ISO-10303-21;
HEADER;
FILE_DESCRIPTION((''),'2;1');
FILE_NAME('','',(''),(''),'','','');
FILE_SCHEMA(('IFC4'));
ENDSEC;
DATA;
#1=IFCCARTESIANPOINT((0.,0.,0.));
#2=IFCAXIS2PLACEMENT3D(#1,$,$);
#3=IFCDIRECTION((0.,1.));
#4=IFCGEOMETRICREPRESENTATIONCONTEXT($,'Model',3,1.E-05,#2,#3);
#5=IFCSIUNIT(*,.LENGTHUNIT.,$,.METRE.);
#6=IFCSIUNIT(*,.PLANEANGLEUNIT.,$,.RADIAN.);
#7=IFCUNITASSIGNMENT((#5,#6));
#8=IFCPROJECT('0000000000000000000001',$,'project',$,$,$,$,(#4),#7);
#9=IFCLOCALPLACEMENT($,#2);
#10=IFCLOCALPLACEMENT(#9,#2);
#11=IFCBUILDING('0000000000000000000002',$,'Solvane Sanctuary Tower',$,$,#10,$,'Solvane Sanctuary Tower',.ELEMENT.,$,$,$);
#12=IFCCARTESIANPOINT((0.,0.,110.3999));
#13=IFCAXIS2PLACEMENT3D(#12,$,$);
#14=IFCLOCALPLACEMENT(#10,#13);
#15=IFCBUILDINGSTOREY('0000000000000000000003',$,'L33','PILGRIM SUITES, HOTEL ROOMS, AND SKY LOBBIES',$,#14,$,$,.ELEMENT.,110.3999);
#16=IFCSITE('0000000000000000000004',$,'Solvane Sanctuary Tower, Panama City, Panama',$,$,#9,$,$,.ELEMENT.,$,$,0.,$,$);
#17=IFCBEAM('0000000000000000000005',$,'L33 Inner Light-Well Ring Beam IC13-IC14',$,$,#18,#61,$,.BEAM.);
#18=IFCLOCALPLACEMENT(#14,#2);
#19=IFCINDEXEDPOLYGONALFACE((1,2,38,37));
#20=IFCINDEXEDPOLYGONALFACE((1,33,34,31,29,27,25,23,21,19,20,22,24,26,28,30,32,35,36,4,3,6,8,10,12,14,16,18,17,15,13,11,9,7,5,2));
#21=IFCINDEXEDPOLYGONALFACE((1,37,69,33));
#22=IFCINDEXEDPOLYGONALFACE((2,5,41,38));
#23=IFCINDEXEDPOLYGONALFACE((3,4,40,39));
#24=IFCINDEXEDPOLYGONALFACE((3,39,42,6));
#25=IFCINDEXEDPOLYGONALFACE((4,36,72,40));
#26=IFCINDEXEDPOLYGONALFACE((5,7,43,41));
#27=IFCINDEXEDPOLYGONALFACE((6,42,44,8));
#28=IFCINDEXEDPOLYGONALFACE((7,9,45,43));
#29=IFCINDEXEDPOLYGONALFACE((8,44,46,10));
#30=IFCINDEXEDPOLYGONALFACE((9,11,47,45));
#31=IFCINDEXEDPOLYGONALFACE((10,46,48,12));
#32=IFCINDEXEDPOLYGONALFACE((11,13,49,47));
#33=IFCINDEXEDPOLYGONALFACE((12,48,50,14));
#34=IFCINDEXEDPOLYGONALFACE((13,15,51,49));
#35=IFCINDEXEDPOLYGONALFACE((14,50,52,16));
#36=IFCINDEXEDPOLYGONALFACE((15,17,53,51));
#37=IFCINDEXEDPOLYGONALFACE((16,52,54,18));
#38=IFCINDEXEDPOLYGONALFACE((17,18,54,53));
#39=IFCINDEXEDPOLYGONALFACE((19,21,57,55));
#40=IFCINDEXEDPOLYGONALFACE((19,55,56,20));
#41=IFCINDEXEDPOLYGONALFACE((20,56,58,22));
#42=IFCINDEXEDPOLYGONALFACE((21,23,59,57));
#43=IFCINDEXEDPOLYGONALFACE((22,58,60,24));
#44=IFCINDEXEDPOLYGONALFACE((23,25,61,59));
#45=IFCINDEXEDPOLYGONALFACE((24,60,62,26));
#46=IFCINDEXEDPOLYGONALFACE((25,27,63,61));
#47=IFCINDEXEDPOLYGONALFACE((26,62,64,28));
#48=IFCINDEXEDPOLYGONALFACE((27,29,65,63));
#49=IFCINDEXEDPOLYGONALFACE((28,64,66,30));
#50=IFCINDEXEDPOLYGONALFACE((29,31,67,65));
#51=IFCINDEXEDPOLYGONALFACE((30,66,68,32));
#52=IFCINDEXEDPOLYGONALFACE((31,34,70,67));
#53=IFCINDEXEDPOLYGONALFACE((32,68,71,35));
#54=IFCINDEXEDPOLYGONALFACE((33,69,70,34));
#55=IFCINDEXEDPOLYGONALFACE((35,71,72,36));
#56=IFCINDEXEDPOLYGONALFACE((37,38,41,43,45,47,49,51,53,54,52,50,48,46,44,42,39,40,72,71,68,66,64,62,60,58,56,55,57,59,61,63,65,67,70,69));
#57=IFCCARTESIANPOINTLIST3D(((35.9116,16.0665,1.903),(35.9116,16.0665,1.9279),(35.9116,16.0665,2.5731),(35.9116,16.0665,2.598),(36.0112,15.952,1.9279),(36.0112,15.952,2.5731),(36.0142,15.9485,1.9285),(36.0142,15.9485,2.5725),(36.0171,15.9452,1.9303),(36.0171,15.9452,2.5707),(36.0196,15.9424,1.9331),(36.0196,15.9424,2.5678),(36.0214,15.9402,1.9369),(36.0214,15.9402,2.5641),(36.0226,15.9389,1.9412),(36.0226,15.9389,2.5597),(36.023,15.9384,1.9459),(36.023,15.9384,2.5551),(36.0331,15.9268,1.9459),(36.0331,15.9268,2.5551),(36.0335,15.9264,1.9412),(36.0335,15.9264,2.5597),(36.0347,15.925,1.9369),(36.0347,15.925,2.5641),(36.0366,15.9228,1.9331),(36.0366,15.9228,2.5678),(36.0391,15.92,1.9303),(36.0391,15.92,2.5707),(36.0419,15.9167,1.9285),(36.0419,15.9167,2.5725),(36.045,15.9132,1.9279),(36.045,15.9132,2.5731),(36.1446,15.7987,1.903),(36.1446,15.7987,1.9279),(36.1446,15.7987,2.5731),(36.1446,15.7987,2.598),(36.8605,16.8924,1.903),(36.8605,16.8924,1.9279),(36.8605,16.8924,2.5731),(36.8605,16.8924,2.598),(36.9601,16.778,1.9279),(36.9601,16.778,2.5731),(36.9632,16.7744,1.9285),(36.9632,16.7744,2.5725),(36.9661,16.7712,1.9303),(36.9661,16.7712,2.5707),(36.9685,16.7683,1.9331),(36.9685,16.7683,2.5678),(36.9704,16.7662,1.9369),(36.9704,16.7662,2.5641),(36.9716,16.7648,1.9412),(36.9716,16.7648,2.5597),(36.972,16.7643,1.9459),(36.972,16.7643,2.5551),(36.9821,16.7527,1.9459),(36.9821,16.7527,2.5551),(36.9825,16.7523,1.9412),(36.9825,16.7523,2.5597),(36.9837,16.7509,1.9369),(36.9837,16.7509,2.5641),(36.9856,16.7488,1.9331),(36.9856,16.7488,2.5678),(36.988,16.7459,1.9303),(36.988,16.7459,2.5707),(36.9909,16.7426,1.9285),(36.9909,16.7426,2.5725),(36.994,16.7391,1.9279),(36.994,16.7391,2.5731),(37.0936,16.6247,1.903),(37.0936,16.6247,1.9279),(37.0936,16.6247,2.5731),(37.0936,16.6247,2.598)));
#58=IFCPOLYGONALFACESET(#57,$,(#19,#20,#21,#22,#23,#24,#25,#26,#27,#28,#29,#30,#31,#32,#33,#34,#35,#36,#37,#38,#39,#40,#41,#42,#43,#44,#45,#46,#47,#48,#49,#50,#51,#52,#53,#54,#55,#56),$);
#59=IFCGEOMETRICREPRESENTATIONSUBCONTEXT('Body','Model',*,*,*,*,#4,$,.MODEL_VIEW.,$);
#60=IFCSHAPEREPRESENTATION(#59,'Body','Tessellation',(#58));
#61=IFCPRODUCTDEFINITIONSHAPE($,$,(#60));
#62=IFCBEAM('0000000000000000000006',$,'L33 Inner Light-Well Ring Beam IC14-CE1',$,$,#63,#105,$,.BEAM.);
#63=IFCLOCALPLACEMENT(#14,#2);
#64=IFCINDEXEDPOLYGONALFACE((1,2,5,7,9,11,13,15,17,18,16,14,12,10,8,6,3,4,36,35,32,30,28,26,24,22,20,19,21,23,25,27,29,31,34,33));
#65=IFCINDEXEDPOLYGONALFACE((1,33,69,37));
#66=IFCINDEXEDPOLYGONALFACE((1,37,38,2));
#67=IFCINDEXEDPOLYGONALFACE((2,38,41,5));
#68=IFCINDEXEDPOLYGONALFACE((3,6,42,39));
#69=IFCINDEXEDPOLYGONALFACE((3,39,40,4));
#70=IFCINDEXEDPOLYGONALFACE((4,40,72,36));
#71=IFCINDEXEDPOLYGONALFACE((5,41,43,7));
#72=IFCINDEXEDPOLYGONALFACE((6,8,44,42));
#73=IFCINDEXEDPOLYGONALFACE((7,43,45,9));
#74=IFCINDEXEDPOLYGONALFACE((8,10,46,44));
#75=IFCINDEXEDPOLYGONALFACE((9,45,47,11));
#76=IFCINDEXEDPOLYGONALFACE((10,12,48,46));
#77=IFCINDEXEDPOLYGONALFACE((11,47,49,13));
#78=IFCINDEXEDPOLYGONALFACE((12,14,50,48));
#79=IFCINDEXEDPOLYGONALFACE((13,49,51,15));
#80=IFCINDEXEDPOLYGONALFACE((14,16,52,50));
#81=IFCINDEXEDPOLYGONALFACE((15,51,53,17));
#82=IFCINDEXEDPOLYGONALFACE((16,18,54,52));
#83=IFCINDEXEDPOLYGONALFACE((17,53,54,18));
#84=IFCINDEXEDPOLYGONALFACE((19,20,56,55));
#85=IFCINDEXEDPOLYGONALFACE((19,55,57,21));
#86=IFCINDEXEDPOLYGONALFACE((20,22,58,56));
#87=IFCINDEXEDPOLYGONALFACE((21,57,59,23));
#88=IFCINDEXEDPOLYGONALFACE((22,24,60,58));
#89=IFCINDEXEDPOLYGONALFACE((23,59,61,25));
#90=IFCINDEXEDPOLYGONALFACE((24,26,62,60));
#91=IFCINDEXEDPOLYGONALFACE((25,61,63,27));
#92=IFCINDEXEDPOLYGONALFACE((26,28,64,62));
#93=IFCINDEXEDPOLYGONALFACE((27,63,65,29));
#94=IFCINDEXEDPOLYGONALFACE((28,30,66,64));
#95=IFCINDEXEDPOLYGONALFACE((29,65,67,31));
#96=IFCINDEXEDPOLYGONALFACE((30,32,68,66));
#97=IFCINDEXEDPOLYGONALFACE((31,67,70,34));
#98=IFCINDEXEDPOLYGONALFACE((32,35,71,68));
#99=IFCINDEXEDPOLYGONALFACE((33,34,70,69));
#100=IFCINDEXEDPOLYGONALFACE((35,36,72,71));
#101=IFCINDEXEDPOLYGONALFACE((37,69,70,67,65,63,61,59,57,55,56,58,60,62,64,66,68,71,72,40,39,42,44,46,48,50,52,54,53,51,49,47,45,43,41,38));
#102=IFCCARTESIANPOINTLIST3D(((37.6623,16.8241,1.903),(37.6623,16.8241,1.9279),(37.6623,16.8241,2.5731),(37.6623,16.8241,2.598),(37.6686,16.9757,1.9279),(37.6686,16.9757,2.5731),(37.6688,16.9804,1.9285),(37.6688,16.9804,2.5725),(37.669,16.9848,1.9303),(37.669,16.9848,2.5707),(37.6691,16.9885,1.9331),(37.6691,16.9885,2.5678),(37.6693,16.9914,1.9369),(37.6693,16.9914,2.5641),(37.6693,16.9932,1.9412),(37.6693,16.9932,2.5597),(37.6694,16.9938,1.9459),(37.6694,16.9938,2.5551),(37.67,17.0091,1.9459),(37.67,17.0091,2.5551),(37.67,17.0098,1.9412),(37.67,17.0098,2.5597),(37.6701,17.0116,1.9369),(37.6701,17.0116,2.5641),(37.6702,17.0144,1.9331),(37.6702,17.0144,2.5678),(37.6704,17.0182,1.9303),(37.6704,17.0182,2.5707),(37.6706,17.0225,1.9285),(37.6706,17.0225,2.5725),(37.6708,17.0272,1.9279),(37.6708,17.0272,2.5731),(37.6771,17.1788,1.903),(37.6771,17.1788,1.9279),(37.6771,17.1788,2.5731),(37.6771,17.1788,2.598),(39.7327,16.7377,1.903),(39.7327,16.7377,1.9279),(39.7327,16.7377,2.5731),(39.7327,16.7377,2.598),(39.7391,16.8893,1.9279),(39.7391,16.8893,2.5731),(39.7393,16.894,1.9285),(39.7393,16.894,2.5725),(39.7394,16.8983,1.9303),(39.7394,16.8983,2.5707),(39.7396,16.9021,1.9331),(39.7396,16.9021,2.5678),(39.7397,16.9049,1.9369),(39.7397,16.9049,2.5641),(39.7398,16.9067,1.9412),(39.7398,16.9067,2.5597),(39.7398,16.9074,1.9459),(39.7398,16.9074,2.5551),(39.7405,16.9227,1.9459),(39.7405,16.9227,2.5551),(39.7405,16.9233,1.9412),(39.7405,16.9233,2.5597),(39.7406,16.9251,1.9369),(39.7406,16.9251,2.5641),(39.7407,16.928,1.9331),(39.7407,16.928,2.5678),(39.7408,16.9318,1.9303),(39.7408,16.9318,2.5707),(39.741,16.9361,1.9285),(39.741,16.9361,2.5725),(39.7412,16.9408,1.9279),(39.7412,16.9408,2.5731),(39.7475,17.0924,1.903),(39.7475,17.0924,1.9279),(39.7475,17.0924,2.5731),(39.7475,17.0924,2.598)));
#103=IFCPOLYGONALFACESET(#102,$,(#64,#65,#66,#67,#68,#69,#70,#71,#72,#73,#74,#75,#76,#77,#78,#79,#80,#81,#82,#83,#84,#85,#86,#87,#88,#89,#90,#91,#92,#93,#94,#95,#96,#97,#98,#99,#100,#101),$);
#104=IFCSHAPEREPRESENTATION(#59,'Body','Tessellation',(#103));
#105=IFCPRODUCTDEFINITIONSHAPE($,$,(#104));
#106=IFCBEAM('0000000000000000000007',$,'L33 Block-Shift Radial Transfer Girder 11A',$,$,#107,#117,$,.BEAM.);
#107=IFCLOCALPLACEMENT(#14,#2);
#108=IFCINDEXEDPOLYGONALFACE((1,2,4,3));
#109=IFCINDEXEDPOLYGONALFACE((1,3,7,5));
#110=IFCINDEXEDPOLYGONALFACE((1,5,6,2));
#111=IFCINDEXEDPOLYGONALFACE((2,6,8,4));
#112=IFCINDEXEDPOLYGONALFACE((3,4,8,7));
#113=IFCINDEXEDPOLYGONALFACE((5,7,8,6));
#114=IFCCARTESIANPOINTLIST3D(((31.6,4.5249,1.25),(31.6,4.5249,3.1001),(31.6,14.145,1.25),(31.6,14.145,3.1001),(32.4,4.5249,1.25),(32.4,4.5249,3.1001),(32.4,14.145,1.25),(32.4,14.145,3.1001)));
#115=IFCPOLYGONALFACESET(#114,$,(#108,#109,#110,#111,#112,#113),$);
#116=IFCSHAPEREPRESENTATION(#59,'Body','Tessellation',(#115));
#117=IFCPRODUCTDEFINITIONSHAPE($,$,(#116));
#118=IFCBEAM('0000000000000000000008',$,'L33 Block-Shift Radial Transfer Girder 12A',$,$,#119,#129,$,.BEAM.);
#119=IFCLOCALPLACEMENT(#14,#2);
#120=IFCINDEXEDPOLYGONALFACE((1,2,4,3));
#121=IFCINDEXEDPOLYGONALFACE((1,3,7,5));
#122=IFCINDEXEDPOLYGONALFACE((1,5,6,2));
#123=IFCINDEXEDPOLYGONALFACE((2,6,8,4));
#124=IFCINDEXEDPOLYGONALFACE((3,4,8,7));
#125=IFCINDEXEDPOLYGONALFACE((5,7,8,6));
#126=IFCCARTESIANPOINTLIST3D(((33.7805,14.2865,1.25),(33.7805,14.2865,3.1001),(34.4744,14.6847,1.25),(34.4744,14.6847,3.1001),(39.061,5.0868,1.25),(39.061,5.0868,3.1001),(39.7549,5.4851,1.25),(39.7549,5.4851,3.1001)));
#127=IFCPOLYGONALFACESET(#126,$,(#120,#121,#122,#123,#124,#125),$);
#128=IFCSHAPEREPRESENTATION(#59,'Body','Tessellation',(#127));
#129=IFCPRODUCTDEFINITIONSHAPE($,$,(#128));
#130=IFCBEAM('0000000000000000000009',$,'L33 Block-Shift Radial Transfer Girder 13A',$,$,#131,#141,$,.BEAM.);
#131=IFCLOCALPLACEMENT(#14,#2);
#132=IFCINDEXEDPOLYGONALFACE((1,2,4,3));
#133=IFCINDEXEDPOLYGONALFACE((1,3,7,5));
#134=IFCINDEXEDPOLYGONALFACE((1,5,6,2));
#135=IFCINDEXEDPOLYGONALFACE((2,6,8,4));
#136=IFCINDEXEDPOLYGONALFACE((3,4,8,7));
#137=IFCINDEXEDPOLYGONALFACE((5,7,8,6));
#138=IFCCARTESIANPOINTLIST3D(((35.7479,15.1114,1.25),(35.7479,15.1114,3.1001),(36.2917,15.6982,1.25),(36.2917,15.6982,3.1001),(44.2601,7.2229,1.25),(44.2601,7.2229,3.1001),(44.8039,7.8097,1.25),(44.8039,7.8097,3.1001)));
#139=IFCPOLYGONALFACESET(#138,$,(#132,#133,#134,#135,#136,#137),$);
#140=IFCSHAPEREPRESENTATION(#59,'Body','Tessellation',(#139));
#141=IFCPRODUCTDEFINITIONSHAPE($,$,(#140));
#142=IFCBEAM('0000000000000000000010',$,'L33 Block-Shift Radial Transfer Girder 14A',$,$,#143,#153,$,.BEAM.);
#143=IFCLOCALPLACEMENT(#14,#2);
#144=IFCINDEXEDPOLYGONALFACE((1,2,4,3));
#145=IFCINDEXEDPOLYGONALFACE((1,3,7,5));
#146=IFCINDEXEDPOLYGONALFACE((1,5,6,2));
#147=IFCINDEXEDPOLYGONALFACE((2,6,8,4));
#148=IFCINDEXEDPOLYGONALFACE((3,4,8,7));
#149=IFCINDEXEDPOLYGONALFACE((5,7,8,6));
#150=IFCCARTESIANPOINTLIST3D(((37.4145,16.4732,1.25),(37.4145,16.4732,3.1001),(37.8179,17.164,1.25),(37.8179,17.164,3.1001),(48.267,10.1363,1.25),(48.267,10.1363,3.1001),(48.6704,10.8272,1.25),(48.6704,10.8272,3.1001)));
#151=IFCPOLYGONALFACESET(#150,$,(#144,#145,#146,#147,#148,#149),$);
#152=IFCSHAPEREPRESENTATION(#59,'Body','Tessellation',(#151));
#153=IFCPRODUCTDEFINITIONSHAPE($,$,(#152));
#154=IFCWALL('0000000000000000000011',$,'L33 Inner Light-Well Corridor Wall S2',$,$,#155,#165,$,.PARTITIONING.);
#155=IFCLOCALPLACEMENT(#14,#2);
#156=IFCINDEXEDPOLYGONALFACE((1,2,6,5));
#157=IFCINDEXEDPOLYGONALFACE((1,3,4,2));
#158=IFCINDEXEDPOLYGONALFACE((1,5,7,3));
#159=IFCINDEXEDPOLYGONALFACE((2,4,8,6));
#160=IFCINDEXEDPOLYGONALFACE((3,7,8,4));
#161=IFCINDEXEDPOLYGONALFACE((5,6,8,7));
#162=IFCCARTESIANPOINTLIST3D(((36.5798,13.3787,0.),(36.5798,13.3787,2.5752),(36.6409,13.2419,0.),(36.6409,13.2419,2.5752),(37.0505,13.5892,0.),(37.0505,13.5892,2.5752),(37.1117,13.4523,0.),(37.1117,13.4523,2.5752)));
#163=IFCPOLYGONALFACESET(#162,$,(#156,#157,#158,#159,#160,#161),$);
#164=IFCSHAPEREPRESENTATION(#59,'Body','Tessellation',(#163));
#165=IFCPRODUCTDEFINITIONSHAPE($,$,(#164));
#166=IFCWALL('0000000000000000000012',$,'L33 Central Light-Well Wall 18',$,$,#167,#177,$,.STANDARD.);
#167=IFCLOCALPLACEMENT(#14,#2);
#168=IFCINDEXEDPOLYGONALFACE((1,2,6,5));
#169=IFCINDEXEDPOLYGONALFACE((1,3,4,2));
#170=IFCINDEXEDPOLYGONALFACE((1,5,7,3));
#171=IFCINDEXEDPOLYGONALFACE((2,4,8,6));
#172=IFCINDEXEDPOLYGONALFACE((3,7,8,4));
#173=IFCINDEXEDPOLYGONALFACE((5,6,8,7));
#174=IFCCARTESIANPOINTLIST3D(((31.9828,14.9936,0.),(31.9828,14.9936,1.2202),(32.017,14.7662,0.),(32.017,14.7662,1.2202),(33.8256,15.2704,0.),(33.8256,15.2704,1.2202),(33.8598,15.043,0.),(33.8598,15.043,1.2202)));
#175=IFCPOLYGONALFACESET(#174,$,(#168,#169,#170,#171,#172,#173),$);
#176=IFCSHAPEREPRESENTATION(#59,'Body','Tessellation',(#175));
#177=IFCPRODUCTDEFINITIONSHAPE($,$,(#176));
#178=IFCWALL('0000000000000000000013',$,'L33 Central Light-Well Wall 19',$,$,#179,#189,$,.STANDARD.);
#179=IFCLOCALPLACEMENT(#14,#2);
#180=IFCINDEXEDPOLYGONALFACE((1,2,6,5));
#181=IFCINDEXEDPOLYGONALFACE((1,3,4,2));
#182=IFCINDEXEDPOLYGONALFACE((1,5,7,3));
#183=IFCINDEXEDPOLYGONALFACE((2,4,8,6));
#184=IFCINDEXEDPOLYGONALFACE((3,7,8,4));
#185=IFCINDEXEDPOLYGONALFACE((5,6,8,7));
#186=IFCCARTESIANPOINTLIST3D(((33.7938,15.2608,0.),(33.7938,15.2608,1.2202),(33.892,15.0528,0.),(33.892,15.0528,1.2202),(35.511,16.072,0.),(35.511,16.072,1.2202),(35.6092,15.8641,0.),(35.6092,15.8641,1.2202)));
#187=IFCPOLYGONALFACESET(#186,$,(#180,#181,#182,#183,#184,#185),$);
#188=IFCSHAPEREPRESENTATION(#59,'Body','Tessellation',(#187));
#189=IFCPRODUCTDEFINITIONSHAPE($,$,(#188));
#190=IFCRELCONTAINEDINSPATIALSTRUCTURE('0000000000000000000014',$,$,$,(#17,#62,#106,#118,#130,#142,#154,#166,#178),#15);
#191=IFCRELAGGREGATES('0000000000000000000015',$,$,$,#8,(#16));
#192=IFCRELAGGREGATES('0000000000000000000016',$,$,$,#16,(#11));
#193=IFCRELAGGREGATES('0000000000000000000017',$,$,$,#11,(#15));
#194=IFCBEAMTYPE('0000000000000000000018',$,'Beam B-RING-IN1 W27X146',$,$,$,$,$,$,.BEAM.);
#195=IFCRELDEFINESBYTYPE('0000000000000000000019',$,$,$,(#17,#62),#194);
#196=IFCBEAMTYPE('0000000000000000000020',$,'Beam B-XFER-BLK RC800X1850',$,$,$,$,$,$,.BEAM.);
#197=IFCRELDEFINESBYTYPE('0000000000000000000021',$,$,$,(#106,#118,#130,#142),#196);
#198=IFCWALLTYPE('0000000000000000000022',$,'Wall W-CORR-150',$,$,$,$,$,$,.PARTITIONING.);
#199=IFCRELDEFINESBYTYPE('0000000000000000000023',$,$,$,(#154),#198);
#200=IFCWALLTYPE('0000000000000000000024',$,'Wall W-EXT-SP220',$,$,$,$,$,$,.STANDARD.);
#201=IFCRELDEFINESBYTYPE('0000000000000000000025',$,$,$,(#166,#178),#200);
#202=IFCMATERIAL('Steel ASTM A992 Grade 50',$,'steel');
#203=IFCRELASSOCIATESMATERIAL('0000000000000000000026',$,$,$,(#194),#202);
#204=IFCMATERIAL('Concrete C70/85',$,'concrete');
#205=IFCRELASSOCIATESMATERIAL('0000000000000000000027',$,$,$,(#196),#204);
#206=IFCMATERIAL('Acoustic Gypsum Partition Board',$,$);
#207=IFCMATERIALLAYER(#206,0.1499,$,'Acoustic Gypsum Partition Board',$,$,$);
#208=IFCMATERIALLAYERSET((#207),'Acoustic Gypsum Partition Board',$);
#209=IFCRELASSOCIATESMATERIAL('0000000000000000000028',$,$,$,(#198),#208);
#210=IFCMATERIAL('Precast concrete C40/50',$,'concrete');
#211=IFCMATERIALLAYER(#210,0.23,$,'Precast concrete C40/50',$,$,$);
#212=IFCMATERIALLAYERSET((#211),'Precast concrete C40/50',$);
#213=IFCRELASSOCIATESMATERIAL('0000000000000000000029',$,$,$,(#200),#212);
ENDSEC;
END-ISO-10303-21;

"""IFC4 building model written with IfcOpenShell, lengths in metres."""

from ifc_helpers import new_model, si_unit, direction, frame, frame_2d, origin, origin_2d, place, context, subcontext, project, spatial, rectangle, i_section, extrude, material, layer, layer_set, material_profile, profile_set, type_object, element, save


model = new_model("IFC4")

# Units and contexts
model_context = context("Model", 3, precision=1e-05, world=origin(), true_north=direction((0.0, 1.0)))
body_context = subcontext(model_context, "Body", "Model", "MODEL_VIEW")
ifc_project = project(units=[si_unit("LENGTHUNIT", "METRE"), si_unit("PLANEANGLEUNIT", "RADIAN")], contexts=[model_context])

# Site, building, storey
site_placement = place(None, origin())
site = spatial("IfcSite", under=ifc_project, at=site_placement, Name="Solvane Sanctuary Tower, Panama City, Panama", CompositionType="ELEMENT", RefElevation=0.0)
building_placement = place(site_placement, origin())
building = spatial("IfcBuilding", under=site, at=building_placement, Name="Solvane Sanctuary Tower", LongName="Solvane Sanctuary Tower", CompositionType="ELEMENT")
storey_placement = place(building_placement, frame((0.0, 0.0, 110.3999)))
storey = spatial("IfcBuildingStorey", under=building, at=storey_placement, Name="L33", Description="PILGRIM SUITES, HOTEL ROOMS, AND SKY LOBBIES", CompositionType="ELEMENT", Elevation=110.3999)

# Beams
ifc_material_1 = material(Name="Steel ASTM A992 Grade 50", Category="steel")
ifc_material_profile_1 = material_profile(ifc_material_1, i_section(OverallWidth=0.355, OverallDepth=0.6951, WebThickness=0.0154, FlangeThickness=0.0249, FilletRadius=0.0181, at=origin_2d()), Name="W27X146")
ifc_profile_set_1 = profile_set([ifc_material_profile_1], Name="Steel ASTM A992 Grade 50")
beam_type_1 = type_object("IfcBeamType", Name="Beam B-RING-IN1 W27X146", PredefinedType="BEAM", material=ifc_profile_set_1)
beam_1_placement = place(storey_placement, frame((36.0281, 15.9326, 2.2505), z_axis=(0.754317, 0.65651, 0.0), x_axis=(-0.65651, 0.754317, 0.0)))
element("IfcBeam", 1, at=beam_1_placement, inside=storey, type_object=beam_type_1, Name="L33 Inner Light-Well Ring Beam IC13-IC14", PredefinedType="BEAM", context=body_context, shape_type="SweptSolid", body=[
    extrude(i_section(OverallWidth=0.355, OverallDepth=0.6951, WebThickness=0.0154, FlangeThickness=0.0249, FilletRadius=0.0181, at=origin_2d()), origin(), (0.0, 0.0, 1.0), 1.2581),
])
beam_2_placement = place(storey_placement, frame((37.6697, 17.0015, 2.2505), z_axis=(0.99913, -0.041704, 0.0), x_axis=(0.041704, 0.99913, 0.0)))
element("IfcBeam", 2, at=beam_2_placement, inside=storey, type_object=beam_type_1, Name="L33 Inner Light-Well Ring Beam IC14-CE1", PredefinedType="BEAM", context=body_context, shape_type="SweptSolid", body=[
    extrude(i_section(OverallWidth=0.355, OverallDepth=0.6951, WebThickness=0.0154, FlangeThickness=0.0249, FilletRadius=0.0181, at=origin_2d()), origin(), (0.0, 0.0, 1.0), 2.0723),
])
ifc_material_2 = material(Name="Concrete C70/85", Category="concrete")
ifc_material_profile_2 = material_profile(ifc_material_2, rectangle(XDim=0.8, YDim=1.8501, at=origin_2d()), Name="RC800X1850")
ifc_profile_set_2 = profile_set([ifc_material_profile_2], Name="Concrete C70/85")
beam_type_2 = type_object("IfcBeamType", Name="Beam B-XFER-BLK RC800X1850", PredefinedType="BEAM", material=ifc_profile_set_2)
beam_3_placement = place(storey_placement, frame((32.0, 14.145, 2.175), z_axis=(0.0, -1.0, 0.0), x_axis=(1.0, 0.0, 0.0)))
element("IfcBeam", 3, at=beam_3_placement, inside=storey, type_object=beam_type_2, Name="L33 Block-Shift Radial Transfer Girder 11A", PredefinedType="BEAM", context=body_context, shape_type="SweptSolid", body=[
    extrude(rectangle(XDim=0.8, YDim=1.8501, at=origin_2d()), origin(), (0.0, 0.0, 1.0), 9.6201),
])
beam_4_placement = place(storey_placement, frame((34.1274, 14.4856, 2.175), z_axis=(0.497811, -0.867285, 0.0), x_axis=(0.867285, 0.497811, 0.0)))
element("IfcBeam", 4, at=beam_4_placement, inside=storey, type_object=beam_type_2, Name="L33 Block-Shift Radial Transfer Girder 12A", PredefinedType="BEAM", context=body_context, shape_type="SweptSolid", body=[
    extrude(rectangle(XDim=0.8, YDim=1.8501, at=origin_2d()), origin(), (0.0, 0.0, 1.0), 10.6074),
])
beam_5_placement = place(storey_placement, frame((36.0198, 15.4048, 2.175), z_axis=(0.73347, -0.679721, 0.0), x_axis=(0.679721, 0.73347, 0.0)))
element("IfcBeam", 5, at=beam_5_placement, inside=storey, type_object=beam_type_2, Name="L33 Block-Shift Radial Transfer Girder 13A", PredefinedType="BEAM", context=body_context, shape_type="SweptSolid", body=[
    extrude(rectangle(XDim=0.8, YDim=1.8501, at=origin_2d()), origin(), (0.0, 0.0, 1.0), 11.6055),
])
beam_6_placement = place(storey_placement, frame((37.6162, 16.8186, 2.175), z_axis=(0.863562, -0.504243, 0.0), x_axis=(0.504243, 0.863562, 0.0)))
element("IfcBeam", 6, at=beam_6_placement, inside=storey, type_object=beam_type_2, Name="L33 Block-Shift Radial Transfer Girder 14A", PredefinedType="BEAM", context=body_context, shape_type="SweptSolid", body=[
    extrude(rectangle(XDim=0.8, YDim=1.8501, at=origin_2d()), origin(), (0.0, 0.0, 1.0), 12.5671),
])

# Walls
ifc_material_3 = material(Name="Acoustic Gypsum Partition Board")
ifc_layer_1 = layer(ifc_material_3, 0.1499, Name="Acoustic Gypsum Partition Board")
ifc_layer_set_1 = layer_set([ifc_layer_1], Name="Acoustic Gypsum Partition Board")
wall_type_1 = type_object("IfcWallType", Name="Wall W-CORR-150", PredefinedType="PARTITIONING", material=ifc_layer_set_1)
wall_1_placement = place(storey_placement, frame((36.6104, 13.3103, 0.0), z_axis=(0.0, 0.0, 1.0), x_axis=(0.912911, 0.408158, 0.0)))
element("IfcWall", 7, at=wall_1_placement, inside=storey, type_object=wall_type_1, Name="L33 Inner Light-Well Corridor Wall S2", PredefinedType="PARTITIONING", context=body_context, shape_type="SweptSolid", body=[
    extrude(rectangle(XDim=0.5156, YDim=0.1499, at=frame_2d((0.2578, 0.0))), origin(), (0.0, 0.0, 1.0), 2.5752),
])
ifc_material_4 = material(Name="Precast concrete C40/50", Category="concrete")
ifc_layer_2 = layer(ifc_material_4, 0.23, Name="Precast concrete C40/50")
ifc_layer_set_2 = layer_set([ifc_layer_2], Name="Precast concrete C40/50")
wall_type_2 = type_object("IfcWallType", Name="Wall W-EXT-SP220", PredefinedType="STANDARD", material=ifc_layer_set_2)
wall_2_placement = place(storey_placement, frame((32.0, 14.8799, 0.0), z_axis=(0.0, 0.0, 1.0), x_axis=(0.988902, 0.148571, 0.0)))
element("IfcWall", 8, at=wall_2_placement, inside=storey, type_object=wall_type_2, Name="L33 Central Light-Well Wall 18", PredefinedType="STANDARD", context=body_context, shape_type="SweptSolid", body=[
    extrude(rectangle(XDim=1.8635, YDim=0.23, at=frame_2d((0.9316, 0.0))), origin(), (0.0, 0.0, 1.0), 1.2202),
])
wall_3_placement = place(storey_placement, frame((33.8428, 15.1567, 0.0), z_axis=(0.0, 0.0, 1.0), x_axis=(0.90418, 0.427152, 0.0)))
element("IfcWall", 9, at=wall_3_placement, inside=storey, type_object=wall_type_2, Name="L33 Central Light-Well Wall 19", PredefinedType="STANDARD", context=body_context, shape_type="SweptSolid", body=[
    extrude(rectangle(XDim=1.8992, YDim=0.23, at=frame_2d((0.9497, 0.0))), origin(), (0.0, 0.0, 1.0), 1.2202),
])

save(model, "model.ifc")
